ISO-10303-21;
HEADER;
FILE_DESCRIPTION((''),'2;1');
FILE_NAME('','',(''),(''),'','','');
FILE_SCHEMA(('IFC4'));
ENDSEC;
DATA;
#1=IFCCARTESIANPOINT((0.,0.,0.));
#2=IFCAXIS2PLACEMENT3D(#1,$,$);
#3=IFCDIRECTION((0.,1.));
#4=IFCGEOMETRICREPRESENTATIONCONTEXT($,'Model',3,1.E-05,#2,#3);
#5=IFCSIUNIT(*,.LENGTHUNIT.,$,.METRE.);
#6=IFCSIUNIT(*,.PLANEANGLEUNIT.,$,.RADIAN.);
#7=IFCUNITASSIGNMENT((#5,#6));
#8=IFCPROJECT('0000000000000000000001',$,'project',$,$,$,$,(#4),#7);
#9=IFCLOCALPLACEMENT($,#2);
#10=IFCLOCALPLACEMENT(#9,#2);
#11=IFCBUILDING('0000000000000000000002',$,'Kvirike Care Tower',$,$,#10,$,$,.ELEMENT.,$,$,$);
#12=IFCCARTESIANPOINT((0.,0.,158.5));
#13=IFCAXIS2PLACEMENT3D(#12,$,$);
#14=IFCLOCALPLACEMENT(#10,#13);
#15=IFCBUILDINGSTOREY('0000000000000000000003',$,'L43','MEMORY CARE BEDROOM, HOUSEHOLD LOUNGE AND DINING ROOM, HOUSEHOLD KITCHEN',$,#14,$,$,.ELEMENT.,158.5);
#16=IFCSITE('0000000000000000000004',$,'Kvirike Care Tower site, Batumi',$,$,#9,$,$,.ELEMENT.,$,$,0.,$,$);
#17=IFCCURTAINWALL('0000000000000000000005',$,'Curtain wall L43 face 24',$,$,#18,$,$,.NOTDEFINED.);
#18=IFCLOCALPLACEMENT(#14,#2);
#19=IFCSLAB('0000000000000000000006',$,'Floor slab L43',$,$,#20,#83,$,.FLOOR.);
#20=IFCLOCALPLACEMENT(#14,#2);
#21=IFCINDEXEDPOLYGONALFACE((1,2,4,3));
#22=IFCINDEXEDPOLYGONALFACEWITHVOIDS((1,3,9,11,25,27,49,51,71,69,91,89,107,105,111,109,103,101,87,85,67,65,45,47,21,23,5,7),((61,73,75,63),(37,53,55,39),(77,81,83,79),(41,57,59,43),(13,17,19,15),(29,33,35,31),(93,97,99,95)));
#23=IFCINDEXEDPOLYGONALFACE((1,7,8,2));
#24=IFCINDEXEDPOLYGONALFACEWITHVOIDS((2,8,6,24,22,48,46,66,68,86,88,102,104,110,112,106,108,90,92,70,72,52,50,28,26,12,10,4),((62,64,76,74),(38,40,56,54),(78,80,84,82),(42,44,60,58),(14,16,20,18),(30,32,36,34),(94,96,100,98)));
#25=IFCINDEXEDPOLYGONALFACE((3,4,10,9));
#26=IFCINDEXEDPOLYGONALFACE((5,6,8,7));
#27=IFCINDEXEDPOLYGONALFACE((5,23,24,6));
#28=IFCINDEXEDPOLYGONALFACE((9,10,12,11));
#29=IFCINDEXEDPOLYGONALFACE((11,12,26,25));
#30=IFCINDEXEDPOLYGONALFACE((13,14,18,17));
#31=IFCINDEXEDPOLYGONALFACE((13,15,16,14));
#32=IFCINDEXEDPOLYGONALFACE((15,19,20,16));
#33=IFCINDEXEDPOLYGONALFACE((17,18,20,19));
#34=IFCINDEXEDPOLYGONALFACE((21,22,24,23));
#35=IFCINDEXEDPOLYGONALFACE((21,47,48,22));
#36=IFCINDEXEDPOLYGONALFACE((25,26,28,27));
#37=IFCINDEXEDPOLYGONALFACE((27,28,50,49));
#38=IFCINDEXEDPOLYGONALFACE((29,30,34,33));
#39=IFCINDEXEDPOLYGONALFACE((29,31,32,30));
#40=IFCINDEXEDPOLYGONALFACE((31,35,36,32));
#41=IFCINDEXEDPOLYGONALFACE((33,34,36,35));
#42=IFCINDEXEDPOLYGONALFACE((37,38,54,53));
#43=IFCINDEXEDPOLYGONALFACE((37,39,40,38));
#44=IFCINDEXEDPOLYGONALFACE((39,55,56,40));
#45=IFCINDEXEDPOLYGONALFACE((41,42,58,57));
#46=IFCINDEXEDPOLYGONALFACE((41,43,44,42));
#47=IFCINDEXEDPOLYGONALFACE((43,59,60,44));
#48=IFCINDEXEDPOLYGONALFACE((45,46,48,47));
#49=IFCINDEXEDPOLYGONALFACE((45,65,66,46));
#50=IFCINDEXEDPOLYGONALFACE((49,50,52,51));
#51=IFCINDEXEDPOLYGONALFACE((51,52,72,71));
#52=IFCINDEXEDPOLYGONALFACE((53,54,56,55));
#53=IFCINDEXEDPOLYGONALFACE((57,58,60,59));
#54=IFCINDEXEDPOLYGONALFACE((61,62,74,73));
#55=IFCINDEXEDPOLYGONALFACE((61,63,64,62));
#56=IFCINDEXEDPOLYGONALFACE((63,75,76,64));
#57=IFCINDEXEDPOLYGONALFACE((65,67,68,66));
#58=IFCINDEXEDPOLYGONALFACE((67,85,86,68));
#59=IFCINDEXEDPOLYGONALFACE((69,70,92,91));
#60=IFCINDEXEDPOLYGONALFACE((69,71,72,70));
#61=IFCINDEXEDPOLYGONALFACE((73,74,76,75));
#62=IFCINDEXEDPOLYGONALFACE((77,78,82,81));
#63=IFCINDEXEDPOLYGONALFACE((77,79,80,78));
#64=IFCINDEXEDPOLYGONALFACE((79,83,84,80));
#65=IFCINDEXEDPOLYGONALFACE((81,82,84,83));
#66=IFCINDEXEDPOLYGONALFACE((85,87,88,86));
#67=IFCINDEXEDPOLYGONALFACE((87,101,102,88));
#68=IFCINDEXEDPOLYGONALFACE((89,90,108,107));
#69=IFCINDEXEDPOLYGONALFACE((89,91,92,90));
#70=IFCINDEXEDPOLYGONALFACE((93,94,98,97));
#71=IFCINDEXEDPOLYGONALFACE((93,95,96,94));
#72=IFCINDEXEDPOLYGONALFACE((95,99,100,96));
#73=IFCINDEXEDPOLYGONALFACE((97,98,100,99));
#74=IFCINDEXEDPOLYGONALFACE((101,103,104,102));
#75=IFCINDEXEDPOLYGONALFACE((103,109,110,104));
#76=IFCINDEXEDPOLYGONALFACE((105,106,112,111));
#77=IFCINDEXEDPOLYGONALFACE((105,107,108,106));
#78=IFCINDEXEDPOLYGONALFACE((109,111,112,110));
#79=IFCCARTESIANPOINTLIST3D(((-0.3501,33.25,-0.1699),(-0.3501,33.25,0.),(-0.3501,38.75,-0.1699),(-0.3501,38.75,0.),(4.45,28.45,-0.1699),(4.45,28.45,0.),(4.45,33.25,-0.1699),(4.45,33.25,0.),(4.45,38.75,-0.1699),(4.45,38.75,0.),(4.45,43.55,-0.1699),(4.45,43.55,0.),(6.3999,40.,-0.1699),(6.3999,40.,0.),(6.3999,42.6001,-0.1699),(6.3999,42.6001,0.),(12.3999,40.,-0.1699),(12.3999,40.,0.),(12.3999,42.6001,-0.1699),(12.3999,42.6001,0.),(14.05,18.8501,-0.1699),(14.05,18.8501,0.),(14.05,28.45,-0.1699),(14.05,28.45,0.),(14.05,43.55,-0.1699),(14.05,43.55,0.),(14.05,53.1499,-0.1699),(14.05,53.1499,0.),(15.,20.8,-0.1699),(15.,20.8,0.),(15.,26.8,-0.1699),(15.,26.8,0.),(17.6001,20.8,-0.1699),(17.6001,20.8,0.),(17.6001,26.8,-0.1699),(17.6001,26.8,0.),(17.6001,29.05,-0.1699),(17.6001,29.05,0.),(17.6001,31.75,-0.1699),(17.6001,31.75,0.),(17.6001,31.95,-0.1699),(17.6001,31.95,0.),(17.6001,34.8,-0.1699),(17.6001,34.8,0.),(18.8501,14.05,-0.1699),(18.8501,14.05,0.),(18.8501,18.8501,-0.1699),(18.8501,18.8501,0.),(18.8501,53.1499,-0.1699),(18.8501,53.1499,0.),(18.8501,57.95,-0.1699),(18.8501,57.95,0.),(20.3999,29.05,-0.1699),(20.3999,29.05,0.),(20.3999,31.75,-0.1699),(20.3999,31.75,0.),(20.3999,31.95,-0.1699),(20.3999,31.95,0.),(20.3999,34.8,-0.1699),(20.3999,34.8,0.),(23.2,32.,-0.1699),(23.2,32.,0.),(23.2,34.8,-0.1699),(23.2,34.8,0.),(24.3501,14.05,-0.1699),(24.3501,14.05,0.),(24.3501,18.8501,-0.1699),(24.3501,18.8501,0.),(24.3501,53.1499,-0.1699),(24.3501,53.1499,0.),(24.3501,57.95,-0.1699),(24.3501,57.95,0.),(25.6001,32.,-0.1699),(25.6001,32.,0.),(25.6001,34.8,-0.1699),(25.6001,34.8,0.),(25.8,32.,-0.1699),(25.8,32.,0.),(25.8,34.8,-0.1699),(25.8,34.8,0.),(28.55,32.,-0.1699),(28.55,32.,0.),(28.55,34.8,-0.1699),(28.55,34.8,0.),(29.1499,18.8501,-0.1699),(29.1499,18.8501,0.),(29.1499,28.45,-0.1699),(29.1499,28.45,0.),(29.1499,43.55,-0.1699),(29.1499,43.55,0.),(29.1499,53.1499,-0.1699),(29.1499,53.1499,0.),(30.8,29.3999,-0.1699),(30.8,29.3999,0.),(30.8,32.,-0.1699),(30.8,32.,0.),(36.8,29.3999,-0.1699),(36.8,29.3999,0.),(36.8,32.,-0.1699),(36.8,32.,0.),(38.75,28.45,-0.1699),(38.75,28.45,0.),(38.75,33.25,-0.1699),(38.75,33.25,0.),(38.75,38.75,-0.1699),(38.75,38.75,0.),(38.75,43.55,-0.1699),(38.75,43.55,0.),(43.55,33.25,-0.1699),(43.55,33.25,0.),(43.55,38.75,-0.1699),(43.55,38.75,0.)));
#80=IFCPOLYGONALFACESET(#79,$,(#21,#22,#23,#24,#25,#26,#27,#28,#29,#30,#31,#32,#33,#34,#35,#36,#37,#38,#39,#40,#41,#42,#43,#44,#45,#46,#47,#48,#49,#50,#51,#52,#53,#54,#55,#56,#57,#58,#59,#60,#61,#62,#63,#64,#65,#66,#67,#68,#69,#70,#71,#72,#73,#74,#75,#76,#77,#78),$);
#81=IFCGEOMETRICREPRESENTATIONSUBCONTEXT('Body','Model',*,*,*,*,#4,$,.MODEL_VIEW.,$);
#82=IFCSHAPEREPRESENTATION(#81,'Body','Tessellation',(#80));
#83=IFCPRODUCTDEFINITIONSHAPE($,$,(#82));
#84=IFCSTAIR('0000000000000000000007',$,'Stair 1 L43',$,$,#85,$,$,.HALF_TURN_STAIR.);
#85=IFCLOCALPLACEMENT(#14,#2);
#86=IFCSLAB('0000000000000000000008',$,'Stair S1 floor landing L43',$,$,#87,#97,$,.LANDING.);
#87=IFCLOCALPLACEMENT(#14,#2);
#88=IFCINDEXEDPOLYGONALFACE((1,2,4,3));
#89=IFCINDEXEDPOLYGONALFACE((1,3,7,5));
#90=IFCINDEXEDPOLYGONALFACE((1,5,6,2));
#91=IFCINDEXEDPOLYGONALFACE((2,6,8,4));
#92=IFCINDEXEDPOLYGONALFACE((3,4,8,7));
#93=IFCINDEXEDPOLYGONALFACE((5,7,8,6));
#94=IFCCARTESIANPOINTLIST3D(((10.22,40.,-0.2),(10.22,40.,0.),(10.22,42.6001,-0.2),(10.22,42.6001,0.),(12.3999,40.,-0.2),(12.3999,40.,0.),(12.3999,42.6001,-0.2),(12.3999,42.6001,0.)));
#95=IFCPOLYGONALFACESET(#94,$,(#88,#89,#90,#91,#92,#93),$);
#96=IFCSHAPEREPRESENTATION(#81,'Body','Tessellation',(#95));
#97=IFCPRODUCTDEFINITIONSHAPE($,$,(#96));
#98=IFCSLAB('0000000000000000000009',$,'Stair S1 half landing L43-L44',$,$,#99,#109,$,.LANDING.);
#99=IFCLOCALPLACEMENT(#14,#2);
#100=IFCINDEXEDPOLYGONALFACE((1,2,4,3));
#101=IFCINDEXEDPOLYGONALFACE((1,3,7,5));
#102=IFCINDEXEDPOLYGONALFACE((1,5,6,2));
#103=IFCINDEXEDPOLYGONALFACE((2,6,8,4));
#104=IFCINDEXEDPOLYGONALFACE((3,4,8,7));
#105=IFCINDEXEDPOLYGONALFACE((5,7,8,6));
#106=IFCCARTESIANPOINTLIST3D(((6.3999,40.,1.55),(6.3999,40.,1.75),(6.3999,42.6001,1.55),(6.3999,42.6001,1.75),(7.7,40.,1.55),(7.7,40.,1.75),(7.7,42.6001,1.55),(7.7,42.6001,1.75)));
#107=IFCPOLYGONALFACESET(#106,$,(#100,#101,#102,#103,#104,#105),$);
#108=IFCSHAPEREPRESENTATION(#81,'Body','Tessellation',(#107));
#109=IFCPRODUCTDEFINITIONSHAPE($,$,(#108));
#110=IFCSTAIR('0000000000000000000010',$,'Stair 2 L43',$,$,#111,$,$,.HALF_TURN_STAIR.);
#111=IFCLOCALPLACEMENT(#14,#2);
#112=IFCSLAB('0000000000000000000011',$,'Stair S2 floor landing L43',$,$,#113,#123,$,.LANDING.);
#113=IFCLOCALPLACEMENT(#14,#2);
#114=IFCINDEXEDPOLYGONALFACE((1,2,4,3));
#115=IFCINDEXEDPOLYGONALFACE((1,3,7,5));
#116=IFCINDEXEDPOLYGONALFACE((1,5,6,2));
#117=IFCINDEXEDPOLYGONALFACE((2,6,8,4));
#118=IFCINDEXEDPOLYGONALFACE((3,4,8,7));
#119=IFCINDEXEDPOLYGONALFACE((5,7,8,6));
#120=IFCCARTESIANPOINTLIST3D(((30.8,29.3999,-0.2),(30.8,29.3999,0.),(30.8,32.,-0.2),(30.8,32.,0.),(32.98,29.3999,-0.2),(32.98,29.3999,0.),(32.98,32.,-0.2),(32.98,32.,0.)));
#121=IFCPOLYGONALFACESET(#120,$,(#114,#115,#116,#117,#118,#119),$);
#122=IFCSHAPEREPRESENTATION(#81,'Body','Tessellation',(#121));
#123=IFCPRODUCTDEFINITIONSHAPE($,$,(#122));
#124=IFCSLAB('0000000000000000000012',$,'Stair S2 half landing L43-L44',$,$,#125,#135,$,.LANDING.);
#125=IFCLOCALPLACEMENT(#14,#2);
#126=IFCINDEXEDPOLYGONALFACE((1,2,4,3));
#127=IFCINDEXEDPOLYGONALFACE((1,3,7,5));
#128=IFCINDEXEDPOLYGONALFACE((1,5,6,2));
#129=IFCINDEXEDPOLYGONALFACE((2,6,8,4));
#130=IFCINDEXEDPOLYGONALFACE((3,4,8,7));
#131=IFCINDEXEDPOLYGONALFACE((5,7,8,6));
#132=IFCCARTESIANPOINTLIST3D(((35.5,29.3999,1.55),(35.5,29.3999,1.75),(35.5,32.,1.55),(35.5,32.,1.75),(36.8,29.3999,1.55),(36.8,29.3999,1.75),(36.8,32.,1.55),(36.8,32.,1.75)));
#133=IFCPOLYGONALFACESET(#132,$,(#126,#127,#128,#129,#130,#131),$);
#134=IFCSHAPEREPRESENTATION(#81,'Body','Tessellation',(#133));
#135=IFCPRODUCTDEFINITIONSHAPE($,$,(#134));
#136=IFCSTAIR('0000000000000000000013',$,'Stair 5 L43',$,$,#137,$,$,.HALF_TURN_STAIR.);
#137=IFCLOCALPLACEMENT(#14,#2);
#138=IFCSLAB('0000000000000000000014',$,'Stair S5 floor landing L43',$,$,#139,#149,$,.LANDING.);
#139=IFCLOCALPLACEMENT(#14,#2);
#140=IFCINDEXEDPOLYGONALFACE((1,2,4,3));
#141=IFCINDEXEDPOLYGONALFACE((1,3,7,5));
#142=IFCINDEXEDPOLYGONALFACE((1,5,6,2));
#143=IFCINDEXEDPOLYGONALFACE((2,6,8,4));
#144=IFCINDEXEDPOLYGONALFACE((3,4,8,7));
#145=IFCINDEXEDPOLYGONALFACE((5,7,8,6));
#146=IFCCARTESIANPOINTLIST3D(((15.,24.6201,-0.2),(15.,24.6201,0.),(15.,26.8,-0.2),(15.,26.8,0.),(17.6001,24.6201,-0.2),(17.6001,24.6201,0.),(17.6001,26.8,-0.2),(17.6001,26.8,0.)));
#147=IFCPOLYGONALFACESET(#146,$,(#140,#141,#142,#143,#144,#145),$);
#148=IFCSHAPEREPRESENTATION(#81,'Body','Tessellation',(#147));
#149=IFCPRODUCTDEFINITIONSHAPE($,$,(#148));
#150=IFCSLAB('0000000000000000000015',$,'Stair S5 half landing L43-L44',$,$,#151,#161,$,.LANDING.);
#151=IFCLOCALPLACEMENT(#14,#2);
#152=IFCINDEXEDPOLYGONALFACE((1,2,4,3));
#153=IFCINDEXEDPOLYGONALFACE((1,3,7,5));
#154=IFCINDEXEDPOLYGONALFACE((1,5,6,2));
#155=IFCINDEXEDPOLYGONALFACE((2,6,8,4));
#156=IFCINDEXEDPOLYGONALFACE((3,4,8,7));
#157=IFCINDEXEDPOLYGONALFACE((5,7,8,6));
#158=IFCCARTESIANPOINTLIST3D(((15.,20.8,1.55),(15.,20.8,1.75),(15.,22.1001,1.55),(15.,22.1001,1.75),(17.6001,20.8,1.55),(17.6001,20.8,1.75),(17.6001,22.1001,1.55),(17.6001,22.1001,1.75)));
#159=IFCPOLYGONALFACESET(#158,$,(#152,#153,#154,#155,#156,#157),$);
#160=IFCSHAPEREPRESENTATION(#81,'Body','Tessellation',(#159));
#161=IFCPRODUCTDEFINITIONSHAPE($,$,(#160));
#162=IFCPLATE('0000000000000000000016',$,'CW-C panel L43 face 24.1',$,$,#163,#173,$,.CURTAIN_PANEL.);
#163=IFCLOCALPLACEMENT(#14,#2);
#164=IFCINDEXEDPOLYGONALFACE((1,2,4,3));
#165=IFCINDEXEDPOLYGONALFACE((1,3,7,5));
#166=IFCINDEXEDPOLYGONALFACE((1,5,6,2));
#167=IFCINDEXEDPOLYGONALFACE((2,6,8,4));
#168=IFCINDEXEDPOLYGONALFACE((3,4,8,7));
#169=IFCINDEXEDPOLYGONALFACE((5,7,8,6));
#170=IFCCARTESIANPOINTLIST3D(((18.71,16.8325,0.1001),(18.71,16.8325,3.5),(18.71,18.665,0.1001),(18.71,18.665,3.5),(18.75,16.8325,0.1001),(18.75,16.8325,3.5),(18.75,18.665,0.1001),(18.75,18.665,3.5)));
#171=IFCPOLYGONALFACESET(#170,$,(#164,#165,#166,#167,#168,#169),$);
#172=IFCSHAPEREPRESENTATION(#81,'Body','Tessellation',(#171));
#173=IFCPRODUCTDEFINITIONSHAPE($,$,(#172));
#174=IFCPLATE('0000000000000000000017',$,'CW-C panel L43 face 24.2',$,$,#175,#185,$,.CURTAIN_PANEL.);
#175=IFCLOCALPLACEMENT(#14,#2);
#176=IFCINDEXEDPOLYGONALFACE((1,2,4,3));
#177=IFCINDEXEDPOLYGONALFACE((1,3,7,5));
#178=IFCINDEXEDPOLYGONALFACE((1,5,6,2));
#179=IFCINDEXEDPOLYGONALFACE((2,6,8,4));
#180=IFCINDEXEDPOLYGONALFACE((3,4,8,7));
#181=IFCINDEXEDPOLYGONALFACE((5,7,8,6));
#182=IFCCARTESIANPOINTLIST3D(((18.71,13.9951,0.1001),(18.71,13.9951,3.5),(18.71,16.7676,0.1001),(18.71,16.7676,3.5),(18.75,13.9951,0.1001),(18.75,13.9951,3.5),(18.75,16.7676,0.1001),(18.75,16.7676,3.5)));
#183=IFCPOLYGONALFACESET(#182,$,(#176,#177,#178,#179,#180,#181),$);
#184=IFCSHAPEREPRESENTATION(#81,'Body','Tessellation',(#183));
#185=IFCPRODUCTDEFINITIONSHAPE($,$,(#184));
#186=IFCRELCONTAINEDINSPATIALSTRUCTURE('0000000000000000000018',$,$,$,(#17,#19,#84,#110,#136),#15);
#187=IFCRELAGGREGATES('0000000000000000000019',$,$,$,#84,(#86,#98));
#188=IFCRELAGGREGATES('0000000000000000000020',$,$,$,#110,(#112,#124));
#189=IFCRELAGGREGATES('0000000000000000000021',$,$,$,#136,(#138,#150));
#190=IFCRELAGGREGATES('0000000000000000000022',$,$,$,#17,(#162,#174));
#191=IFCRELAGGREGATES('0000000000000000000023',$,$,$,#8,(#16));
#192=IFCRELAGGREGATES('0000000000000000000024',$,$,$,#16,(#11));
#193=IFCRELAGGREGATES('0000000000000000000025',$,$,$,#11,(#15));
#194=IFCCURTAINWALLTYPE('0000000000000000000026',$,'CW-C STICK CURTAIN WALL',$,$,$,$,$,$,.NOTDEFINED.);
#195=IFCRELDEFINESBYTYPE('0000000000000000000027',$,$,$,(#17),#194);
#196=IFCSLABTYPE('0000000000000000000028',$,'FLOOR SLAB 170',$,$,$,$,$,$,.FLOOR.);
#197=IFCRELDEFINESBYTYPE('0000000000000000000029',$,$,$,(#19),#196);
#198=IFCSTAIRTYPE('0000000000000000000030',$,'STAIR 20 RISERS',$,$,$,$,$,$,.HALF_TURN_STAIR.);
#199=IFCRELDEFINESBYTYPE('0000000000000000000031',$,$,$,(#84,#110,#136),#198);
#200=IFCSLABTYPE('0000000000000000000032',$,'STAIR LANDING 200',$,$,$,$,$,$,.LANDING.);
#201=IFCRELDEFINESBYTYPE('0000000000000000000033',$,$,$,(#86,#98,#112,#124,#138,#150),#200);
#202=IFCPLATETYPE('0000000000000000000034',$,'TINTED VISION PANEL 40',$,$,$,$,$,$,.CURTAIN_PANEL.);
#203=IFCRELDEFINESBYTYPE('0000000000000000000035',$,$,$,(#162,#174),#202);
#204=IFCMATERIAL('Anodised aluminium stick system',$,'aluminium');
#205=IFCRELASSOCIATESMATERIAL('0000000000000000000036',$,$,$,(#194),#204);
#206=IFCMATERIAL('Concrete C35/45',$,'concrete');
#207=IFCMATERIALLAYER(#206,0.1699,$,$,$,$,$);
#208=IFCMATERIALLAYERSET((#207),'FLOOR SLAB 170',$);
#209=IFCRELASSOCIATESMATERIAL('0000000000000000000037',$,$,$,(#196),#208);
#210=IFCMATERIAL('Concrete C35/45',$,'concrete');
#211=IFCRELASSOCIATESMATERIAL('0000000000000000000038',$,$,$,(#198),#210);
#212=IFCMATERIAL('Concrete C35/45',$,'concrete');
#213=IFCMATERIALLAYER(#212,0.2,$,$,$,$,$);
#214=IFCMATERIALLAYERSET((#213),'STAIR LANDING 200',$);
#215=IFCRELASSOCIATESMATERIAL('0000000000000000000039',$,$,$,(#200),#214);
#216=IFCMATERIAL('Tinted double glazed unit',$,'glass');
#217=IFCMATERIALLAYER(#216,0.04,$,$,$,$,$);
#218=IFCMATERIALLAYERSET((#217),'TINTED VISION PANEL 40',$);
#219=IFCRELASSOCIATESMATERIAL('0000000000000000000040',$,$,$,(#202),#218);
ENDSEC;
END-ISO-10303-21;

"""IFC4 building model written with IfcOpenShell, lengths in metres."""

from ifc_helpers import new_model, si_unit, direction, frame, origin, origin_2d, place, context, subcontext, project, spatial, polyline, rectangle, outline, extrude, material, layer, layer_set, type_object, element, aggregate, save


model = new_model("IFC4")

# Units and contexts
model_context = context("Model", 3, precision=1e-05, world=origin(), true_north=direction((0.0, 1.0)))
body_context = subcontext(model_context, "Body", "Model", "MODEL_VIEW")
ifc_project = project(units=[si_unit("LENGTHUNIT", "METRE"), si_unit("PLANEANGLEUNIT", "RADIAN")], contexts=[model_context])

# Site, building, storey
site_placement = place(None, origin())
site = spatial("IfcSite", under=ifc_project, at=site_placement, Name="Kvirike Care Tower site, Batumi", CompositionType="ELEMENT", RefElevation=0.0)
building_placement = place(site_placement, origin())
building = spatial("IfcBuilding", under=site, at=building_placement, Name="Kvirike Care Tower", CompositionType="ELEMENT")
storey_placement = place(building_placement, frame((0.0, 0.0, 158.5)))
storey = spatial("IfcBuildingStorey", under=building, at=storey_placement, Name="L43", Description="MEMORY CARE BEDROOM, HOUSEHOLD LOUNGE AND DINING ROOM, HOUSEHOLD KITCHEN", CompositionType="ELEMENT", Elevation=158.5)

# Curtain wall
ifc_material_1 = material(Name="Anodised aluminium stick system", Category="aluminium")
curtain_wall_type = type_object("IfcCurtainWallType", Name="CW-C STICK CURTAIN WALL", PredefinedType="NOTDEFINED", material=ifc_material_1)
curtain_wall_1_placement = place(storey_placement, origin())
curtain_wall_1 = element("IfcCurtainWall", 1, at=curtain_wall_1_placement, inside=storey, type_object=curtain_wall_type, Name="Curtain wall L43 face 24", PredefinedType="NOTDEFINED")

# Slab
ifc_material_2 = material(Name="Concrete C35/45", Category="concrete")
ifc_layer_1 = layer(ifc_material_2, 0.1699)
ifc_layer_set_1 = layer_set([ifc_layer_1], Name="FLOOR SLAB 170")
slab_type_1 = type_object("IfcSlabType", Name="FLOOR SLAB 170", PredefinedType="FLOOR", material=ifc_layer_set_1)
slab_1_placement = place(storey_placement, frame((0.0, 0.0, -0.1699)))
element("IfcSlab", 2, at=slab_1_placement, inside=storey, type_object=slab_type_1, Name="Floor slab L43", PredefinedType="FLOOR", context=body_context, shape_type="SweptSolid", body=[
    extrude(outline(polyline([(29.1499, 28.45), (38.75, 28.45), (38.75, 33.25), (43.55, 33.25), (43.55, 38.75), (38.75, 38.75), (38.75, 43.55), (29.1499, 43.55), (29.1499, 53.1499), (24.3501, 53.1499), (24.3501, 57.95), (18.8501, 57.95), (18.8501, 53.1499), (14.05, 53.1499), (14.05, 43.55), (4.45, 43.55), (4.45, 38.75), (-0.3501, 38.75), (-0.3501, 33.25), (4.45, 33.25), (4.45, 28.45), (14.05, 28.45), (14.05, 18.8501), (18.8501, 18.8501), (18.8501, 14.05), (24.3501, 14.05), (24.3501, 18.8501), (29.1499, 18.8501), (29.1499, 28.45)]), holes=[polyline([(17.6001, 29.05), (17.6001, 31.75), (20.3999, 31.75), (20.3999, 29.05), (17.6001, 29.05)]), polyline([(17.6001, 31.95), (17.6001, 34.8), (20.3999, 34.8), (20.3999, 31.95), (17.6001, 31.95)]), polyline([(23.2, 32.0), (23.2, 34.8), (25.6001, 34.8), (25.6001, 32.0), (23.2, 32.0)]), polyline([(25.8, 32.0), (25.8, 34.8), (28.55, 34.8), (28.55, 32.0), (25.8, 32.0)]), polyline([(12.3999, 42.6001), (12.3999, 40.0), (6.3999, 40.0), (6.3999, 42.6001), (12.3999, 42.6001)]), polyline([(30.8, 29.3999), (30.8, 32.0), (36.8, 32.0), (36.8, 29.3999), (30.8, 29.3999)]), polyline([(15.0, 26.8), (17.6001, 26.8), (17.6001, 20.8), (15.0, 20.8), (15.0, 26.8)])]), origin(), (0.0, 0.0, 1.0), 0.1699),
])

# Stairs, slabs
ifc_material_3 = material(Name="Concrete C35/45", Category="concrete")
stair_type = type_object("IfcStairType", Name="STAIR 20 RISERS", PredefinedType="HALF_TURN_STAIR", material=ifc_material_3)
stair_1_placement = place(storey_placement, origin())
stair_1 = element("IfcStair", 3, at=stair_1_placement, inside=storey, type_object=stair_type, Name="Stair 1 L43", PredefinedType="HALF_TURN_STAIR")
ifc_material_4 = material(Name="Concrete C35/45", Category="concrete")
ifc_layer_2 = layer(ifc_material_4, 0.2)
ifc_layer_set_2 = layer_set([ifc_layer_2], Name="STAIR LANDING 200")
slab_type_2 = type_object("IfcSlabType", Name="STAIR LANDING 200", PredefinedType="LANDING", material=ifc_layer_set_2)
slab_2_placement = place(storey_placement, frame((0.0, 0.0, -0.2)))
slab_2 = element("IfcSlab", 4, at=slab_2_placement, type_object=slab_type_2, Name="Stair S1 floor landing L43", PredefinedType="LANDING", context=body_context, shape_type="SweptSolid", body=[
    extrude(outline(polyline([(10.22, 42.6001), (10.22, 40.0), (12.3999, 40.0), (12.3999, 42.6001), (10.22, 42.6001)])), origin(), (0.0, 0.0, 1.0), 0.2),
])
slab_3_placement = place(storey_placement, frame((0.0, 0.0, 1.55)))
slab_3 = element("IfcSlab", 5, at=slab_3_placement, type_object=slab_type_2, Name="Stair S1 half landing L43-L44", PredefinedType="LANDING", context=body_context, shape_type="SweptSolid", body=[
    extrude(outline(polyline([(6.3999, 42.6001), (6.3999, 40.0), (7.7, 40.0), (7.7, 42.6001), (6.3999, 42.6001)])), origin(), (0.0, 0.0, 1.0), 0.2),
])
aggregate(stair_1, [slab_2, slab_3])
stair_2_placement = place(storey_placement, origin())
stair_2 = element("IfcStair", 6, at=stair_2_placement, inside=storey, type_object=stair_type, Name="Stair 2 L43", PredefinedType="HALF_TURN_STAIR")
slab_4_placement = place(storey_placement, frame((0.0, 0.0, -0.2)))
slab_4 = element("IfcSlab", 7, at=slab_4_placement, type_object=slab_type_2, Name="Stair S2 floor landing L43", PredefinedType="LANDING", context=body_context, shape_type="SweptSolid", body=[
    extrude(outline(polyline([(32.98, 29.3999), (32.98, 32.0), (30.8, 32.0), (30.8, 29.3999), (32.98, 29.3999)])), origin(), (0.0, 0.0, 1.0), 0.2),
])
slab_5_placement = place(storey_placement, frame((0.0, 0.0, 1.55)))
slab_5 = element("IfcSlab", 8, at=slab_5_placement, type_object=slab_type_2, Name="Stair S2 half landing L43-L44", PredefinedType="LANDING", context=body_context, shape_type="SweptSolid", body=[
    extrude(outline(polyline([(36.8, 29.3999), (36.8, 32.0), (35.5, 32.0), (35.5, 29.3999), (36.8, 29.3999)])), origin(), (0.0, 0.0, 1.0), 0.2),
])
aggregate(stair_2, [slab_4, slab_5])
stair_3_placement = place(storey_placement, origin())
stair_3 = element("IfcStair", 9, at=stair_3_placement, inside=storey, type_object=stair_type, Name="Stair 5 L43", PredefinedType="HALF_TURN_STAIR")
slab_6_placement = place(storey_placement, frame((0.0, 0.0, -0.2)))
slab_6 = element("IfcSlab", 10, at=slab_6_placement, type_object=slab_type_2, Name="Stair S5 floor landing L43", PredefinedType="LANDING", context=body_context, shape_type="SweptSolid", body=[
    extrude(outline(polyline([(15.0, 24.6201), (17.6001, 24.6201), (17.6001, 26.8), (15.0, 26.8), (15.0, 24.6201)])), origin(), (0.0, 0.0, 1.0), 0.2),
])
slab_7_placement = place(storey_placement, frame((0.0, 0.0, 1.55)))
slab_7 = element("IfcSlab", 11, at=slab_7_placement, type_object=slab_type_2, Name="Stair S5 half landing L43-L44", PredefinedType="LANDING", context=body_context, shape_type="SweptSolid", body=[
    extrude(outline(polyline([(15.0, 20.8), (17.6001, 20.8), (17.6001, 22.1001), (15.0, 22.1001), (15.0, 20.8)])), origin(), (0.0, 0.0, 1.0), 0.2),
])
aggregate(stair_3, [slab_6, slab_7])

# Plates
ifc_material_5 = material(Name="Tinted double glazed unit", Category="glass")
ifc_layer_3 = layer(ifc_material_5, 0.04)
ifc_layer_set_3 = layer_set([ifc_layer_3], Name="TINTED VISION PANEL 40")
plate_type = type_object("IfcPlateType", Name="TINTED VISION PANEL 40", PredefinedType="CURTAIN_PANEL", material=ifc_layer_set_3)
plate_1_placement = place(storey_placement, frame((18.73, 17.7488, 0.1001), z_axis=(0.0, 0.0, 1.0), x_axis=(0.0, -1.0, 0.0)))
plate_1 = element("IfcPlate", 12, at=plate_1_placement, type_object=plate_type, Name="CW-C panel L43 face 24.1", PredefinedType="CURTAIN_PANEL", context=body_context, shape_type="SweptSolid", body=[
    extrude(rectangle(XDim=1.8325, YDim=0.04, at=origin_2d()), origin(), (0.0, 0.0, 1.0), 3.3999),
])
plate_2_placement = place(storey_placement, frame((18.73, 15.3813, 0.1001), z_axis=(0.0, 0.0, 1.0), x_axis=(0.0, -1.0, 0.0)))
plate_2 = element("IfcPlate", 13, at=plate_2_placement, type_object=plate_type, Name="CW-C panel L43 face 24.2", PredefinedType="CURTAIN_PANEL", context=body_context, shape_type="SweptSolid", body=[
    extrude(rectangle(XDim=2.7725, YDim=0.04, at=origin_2d()), origin(), (0.0, 0.0, 1.0), 3.3999),
])
aggregate(curtain_wall_1, [plate_1, plate_2])

save(model, "model.ifc")
